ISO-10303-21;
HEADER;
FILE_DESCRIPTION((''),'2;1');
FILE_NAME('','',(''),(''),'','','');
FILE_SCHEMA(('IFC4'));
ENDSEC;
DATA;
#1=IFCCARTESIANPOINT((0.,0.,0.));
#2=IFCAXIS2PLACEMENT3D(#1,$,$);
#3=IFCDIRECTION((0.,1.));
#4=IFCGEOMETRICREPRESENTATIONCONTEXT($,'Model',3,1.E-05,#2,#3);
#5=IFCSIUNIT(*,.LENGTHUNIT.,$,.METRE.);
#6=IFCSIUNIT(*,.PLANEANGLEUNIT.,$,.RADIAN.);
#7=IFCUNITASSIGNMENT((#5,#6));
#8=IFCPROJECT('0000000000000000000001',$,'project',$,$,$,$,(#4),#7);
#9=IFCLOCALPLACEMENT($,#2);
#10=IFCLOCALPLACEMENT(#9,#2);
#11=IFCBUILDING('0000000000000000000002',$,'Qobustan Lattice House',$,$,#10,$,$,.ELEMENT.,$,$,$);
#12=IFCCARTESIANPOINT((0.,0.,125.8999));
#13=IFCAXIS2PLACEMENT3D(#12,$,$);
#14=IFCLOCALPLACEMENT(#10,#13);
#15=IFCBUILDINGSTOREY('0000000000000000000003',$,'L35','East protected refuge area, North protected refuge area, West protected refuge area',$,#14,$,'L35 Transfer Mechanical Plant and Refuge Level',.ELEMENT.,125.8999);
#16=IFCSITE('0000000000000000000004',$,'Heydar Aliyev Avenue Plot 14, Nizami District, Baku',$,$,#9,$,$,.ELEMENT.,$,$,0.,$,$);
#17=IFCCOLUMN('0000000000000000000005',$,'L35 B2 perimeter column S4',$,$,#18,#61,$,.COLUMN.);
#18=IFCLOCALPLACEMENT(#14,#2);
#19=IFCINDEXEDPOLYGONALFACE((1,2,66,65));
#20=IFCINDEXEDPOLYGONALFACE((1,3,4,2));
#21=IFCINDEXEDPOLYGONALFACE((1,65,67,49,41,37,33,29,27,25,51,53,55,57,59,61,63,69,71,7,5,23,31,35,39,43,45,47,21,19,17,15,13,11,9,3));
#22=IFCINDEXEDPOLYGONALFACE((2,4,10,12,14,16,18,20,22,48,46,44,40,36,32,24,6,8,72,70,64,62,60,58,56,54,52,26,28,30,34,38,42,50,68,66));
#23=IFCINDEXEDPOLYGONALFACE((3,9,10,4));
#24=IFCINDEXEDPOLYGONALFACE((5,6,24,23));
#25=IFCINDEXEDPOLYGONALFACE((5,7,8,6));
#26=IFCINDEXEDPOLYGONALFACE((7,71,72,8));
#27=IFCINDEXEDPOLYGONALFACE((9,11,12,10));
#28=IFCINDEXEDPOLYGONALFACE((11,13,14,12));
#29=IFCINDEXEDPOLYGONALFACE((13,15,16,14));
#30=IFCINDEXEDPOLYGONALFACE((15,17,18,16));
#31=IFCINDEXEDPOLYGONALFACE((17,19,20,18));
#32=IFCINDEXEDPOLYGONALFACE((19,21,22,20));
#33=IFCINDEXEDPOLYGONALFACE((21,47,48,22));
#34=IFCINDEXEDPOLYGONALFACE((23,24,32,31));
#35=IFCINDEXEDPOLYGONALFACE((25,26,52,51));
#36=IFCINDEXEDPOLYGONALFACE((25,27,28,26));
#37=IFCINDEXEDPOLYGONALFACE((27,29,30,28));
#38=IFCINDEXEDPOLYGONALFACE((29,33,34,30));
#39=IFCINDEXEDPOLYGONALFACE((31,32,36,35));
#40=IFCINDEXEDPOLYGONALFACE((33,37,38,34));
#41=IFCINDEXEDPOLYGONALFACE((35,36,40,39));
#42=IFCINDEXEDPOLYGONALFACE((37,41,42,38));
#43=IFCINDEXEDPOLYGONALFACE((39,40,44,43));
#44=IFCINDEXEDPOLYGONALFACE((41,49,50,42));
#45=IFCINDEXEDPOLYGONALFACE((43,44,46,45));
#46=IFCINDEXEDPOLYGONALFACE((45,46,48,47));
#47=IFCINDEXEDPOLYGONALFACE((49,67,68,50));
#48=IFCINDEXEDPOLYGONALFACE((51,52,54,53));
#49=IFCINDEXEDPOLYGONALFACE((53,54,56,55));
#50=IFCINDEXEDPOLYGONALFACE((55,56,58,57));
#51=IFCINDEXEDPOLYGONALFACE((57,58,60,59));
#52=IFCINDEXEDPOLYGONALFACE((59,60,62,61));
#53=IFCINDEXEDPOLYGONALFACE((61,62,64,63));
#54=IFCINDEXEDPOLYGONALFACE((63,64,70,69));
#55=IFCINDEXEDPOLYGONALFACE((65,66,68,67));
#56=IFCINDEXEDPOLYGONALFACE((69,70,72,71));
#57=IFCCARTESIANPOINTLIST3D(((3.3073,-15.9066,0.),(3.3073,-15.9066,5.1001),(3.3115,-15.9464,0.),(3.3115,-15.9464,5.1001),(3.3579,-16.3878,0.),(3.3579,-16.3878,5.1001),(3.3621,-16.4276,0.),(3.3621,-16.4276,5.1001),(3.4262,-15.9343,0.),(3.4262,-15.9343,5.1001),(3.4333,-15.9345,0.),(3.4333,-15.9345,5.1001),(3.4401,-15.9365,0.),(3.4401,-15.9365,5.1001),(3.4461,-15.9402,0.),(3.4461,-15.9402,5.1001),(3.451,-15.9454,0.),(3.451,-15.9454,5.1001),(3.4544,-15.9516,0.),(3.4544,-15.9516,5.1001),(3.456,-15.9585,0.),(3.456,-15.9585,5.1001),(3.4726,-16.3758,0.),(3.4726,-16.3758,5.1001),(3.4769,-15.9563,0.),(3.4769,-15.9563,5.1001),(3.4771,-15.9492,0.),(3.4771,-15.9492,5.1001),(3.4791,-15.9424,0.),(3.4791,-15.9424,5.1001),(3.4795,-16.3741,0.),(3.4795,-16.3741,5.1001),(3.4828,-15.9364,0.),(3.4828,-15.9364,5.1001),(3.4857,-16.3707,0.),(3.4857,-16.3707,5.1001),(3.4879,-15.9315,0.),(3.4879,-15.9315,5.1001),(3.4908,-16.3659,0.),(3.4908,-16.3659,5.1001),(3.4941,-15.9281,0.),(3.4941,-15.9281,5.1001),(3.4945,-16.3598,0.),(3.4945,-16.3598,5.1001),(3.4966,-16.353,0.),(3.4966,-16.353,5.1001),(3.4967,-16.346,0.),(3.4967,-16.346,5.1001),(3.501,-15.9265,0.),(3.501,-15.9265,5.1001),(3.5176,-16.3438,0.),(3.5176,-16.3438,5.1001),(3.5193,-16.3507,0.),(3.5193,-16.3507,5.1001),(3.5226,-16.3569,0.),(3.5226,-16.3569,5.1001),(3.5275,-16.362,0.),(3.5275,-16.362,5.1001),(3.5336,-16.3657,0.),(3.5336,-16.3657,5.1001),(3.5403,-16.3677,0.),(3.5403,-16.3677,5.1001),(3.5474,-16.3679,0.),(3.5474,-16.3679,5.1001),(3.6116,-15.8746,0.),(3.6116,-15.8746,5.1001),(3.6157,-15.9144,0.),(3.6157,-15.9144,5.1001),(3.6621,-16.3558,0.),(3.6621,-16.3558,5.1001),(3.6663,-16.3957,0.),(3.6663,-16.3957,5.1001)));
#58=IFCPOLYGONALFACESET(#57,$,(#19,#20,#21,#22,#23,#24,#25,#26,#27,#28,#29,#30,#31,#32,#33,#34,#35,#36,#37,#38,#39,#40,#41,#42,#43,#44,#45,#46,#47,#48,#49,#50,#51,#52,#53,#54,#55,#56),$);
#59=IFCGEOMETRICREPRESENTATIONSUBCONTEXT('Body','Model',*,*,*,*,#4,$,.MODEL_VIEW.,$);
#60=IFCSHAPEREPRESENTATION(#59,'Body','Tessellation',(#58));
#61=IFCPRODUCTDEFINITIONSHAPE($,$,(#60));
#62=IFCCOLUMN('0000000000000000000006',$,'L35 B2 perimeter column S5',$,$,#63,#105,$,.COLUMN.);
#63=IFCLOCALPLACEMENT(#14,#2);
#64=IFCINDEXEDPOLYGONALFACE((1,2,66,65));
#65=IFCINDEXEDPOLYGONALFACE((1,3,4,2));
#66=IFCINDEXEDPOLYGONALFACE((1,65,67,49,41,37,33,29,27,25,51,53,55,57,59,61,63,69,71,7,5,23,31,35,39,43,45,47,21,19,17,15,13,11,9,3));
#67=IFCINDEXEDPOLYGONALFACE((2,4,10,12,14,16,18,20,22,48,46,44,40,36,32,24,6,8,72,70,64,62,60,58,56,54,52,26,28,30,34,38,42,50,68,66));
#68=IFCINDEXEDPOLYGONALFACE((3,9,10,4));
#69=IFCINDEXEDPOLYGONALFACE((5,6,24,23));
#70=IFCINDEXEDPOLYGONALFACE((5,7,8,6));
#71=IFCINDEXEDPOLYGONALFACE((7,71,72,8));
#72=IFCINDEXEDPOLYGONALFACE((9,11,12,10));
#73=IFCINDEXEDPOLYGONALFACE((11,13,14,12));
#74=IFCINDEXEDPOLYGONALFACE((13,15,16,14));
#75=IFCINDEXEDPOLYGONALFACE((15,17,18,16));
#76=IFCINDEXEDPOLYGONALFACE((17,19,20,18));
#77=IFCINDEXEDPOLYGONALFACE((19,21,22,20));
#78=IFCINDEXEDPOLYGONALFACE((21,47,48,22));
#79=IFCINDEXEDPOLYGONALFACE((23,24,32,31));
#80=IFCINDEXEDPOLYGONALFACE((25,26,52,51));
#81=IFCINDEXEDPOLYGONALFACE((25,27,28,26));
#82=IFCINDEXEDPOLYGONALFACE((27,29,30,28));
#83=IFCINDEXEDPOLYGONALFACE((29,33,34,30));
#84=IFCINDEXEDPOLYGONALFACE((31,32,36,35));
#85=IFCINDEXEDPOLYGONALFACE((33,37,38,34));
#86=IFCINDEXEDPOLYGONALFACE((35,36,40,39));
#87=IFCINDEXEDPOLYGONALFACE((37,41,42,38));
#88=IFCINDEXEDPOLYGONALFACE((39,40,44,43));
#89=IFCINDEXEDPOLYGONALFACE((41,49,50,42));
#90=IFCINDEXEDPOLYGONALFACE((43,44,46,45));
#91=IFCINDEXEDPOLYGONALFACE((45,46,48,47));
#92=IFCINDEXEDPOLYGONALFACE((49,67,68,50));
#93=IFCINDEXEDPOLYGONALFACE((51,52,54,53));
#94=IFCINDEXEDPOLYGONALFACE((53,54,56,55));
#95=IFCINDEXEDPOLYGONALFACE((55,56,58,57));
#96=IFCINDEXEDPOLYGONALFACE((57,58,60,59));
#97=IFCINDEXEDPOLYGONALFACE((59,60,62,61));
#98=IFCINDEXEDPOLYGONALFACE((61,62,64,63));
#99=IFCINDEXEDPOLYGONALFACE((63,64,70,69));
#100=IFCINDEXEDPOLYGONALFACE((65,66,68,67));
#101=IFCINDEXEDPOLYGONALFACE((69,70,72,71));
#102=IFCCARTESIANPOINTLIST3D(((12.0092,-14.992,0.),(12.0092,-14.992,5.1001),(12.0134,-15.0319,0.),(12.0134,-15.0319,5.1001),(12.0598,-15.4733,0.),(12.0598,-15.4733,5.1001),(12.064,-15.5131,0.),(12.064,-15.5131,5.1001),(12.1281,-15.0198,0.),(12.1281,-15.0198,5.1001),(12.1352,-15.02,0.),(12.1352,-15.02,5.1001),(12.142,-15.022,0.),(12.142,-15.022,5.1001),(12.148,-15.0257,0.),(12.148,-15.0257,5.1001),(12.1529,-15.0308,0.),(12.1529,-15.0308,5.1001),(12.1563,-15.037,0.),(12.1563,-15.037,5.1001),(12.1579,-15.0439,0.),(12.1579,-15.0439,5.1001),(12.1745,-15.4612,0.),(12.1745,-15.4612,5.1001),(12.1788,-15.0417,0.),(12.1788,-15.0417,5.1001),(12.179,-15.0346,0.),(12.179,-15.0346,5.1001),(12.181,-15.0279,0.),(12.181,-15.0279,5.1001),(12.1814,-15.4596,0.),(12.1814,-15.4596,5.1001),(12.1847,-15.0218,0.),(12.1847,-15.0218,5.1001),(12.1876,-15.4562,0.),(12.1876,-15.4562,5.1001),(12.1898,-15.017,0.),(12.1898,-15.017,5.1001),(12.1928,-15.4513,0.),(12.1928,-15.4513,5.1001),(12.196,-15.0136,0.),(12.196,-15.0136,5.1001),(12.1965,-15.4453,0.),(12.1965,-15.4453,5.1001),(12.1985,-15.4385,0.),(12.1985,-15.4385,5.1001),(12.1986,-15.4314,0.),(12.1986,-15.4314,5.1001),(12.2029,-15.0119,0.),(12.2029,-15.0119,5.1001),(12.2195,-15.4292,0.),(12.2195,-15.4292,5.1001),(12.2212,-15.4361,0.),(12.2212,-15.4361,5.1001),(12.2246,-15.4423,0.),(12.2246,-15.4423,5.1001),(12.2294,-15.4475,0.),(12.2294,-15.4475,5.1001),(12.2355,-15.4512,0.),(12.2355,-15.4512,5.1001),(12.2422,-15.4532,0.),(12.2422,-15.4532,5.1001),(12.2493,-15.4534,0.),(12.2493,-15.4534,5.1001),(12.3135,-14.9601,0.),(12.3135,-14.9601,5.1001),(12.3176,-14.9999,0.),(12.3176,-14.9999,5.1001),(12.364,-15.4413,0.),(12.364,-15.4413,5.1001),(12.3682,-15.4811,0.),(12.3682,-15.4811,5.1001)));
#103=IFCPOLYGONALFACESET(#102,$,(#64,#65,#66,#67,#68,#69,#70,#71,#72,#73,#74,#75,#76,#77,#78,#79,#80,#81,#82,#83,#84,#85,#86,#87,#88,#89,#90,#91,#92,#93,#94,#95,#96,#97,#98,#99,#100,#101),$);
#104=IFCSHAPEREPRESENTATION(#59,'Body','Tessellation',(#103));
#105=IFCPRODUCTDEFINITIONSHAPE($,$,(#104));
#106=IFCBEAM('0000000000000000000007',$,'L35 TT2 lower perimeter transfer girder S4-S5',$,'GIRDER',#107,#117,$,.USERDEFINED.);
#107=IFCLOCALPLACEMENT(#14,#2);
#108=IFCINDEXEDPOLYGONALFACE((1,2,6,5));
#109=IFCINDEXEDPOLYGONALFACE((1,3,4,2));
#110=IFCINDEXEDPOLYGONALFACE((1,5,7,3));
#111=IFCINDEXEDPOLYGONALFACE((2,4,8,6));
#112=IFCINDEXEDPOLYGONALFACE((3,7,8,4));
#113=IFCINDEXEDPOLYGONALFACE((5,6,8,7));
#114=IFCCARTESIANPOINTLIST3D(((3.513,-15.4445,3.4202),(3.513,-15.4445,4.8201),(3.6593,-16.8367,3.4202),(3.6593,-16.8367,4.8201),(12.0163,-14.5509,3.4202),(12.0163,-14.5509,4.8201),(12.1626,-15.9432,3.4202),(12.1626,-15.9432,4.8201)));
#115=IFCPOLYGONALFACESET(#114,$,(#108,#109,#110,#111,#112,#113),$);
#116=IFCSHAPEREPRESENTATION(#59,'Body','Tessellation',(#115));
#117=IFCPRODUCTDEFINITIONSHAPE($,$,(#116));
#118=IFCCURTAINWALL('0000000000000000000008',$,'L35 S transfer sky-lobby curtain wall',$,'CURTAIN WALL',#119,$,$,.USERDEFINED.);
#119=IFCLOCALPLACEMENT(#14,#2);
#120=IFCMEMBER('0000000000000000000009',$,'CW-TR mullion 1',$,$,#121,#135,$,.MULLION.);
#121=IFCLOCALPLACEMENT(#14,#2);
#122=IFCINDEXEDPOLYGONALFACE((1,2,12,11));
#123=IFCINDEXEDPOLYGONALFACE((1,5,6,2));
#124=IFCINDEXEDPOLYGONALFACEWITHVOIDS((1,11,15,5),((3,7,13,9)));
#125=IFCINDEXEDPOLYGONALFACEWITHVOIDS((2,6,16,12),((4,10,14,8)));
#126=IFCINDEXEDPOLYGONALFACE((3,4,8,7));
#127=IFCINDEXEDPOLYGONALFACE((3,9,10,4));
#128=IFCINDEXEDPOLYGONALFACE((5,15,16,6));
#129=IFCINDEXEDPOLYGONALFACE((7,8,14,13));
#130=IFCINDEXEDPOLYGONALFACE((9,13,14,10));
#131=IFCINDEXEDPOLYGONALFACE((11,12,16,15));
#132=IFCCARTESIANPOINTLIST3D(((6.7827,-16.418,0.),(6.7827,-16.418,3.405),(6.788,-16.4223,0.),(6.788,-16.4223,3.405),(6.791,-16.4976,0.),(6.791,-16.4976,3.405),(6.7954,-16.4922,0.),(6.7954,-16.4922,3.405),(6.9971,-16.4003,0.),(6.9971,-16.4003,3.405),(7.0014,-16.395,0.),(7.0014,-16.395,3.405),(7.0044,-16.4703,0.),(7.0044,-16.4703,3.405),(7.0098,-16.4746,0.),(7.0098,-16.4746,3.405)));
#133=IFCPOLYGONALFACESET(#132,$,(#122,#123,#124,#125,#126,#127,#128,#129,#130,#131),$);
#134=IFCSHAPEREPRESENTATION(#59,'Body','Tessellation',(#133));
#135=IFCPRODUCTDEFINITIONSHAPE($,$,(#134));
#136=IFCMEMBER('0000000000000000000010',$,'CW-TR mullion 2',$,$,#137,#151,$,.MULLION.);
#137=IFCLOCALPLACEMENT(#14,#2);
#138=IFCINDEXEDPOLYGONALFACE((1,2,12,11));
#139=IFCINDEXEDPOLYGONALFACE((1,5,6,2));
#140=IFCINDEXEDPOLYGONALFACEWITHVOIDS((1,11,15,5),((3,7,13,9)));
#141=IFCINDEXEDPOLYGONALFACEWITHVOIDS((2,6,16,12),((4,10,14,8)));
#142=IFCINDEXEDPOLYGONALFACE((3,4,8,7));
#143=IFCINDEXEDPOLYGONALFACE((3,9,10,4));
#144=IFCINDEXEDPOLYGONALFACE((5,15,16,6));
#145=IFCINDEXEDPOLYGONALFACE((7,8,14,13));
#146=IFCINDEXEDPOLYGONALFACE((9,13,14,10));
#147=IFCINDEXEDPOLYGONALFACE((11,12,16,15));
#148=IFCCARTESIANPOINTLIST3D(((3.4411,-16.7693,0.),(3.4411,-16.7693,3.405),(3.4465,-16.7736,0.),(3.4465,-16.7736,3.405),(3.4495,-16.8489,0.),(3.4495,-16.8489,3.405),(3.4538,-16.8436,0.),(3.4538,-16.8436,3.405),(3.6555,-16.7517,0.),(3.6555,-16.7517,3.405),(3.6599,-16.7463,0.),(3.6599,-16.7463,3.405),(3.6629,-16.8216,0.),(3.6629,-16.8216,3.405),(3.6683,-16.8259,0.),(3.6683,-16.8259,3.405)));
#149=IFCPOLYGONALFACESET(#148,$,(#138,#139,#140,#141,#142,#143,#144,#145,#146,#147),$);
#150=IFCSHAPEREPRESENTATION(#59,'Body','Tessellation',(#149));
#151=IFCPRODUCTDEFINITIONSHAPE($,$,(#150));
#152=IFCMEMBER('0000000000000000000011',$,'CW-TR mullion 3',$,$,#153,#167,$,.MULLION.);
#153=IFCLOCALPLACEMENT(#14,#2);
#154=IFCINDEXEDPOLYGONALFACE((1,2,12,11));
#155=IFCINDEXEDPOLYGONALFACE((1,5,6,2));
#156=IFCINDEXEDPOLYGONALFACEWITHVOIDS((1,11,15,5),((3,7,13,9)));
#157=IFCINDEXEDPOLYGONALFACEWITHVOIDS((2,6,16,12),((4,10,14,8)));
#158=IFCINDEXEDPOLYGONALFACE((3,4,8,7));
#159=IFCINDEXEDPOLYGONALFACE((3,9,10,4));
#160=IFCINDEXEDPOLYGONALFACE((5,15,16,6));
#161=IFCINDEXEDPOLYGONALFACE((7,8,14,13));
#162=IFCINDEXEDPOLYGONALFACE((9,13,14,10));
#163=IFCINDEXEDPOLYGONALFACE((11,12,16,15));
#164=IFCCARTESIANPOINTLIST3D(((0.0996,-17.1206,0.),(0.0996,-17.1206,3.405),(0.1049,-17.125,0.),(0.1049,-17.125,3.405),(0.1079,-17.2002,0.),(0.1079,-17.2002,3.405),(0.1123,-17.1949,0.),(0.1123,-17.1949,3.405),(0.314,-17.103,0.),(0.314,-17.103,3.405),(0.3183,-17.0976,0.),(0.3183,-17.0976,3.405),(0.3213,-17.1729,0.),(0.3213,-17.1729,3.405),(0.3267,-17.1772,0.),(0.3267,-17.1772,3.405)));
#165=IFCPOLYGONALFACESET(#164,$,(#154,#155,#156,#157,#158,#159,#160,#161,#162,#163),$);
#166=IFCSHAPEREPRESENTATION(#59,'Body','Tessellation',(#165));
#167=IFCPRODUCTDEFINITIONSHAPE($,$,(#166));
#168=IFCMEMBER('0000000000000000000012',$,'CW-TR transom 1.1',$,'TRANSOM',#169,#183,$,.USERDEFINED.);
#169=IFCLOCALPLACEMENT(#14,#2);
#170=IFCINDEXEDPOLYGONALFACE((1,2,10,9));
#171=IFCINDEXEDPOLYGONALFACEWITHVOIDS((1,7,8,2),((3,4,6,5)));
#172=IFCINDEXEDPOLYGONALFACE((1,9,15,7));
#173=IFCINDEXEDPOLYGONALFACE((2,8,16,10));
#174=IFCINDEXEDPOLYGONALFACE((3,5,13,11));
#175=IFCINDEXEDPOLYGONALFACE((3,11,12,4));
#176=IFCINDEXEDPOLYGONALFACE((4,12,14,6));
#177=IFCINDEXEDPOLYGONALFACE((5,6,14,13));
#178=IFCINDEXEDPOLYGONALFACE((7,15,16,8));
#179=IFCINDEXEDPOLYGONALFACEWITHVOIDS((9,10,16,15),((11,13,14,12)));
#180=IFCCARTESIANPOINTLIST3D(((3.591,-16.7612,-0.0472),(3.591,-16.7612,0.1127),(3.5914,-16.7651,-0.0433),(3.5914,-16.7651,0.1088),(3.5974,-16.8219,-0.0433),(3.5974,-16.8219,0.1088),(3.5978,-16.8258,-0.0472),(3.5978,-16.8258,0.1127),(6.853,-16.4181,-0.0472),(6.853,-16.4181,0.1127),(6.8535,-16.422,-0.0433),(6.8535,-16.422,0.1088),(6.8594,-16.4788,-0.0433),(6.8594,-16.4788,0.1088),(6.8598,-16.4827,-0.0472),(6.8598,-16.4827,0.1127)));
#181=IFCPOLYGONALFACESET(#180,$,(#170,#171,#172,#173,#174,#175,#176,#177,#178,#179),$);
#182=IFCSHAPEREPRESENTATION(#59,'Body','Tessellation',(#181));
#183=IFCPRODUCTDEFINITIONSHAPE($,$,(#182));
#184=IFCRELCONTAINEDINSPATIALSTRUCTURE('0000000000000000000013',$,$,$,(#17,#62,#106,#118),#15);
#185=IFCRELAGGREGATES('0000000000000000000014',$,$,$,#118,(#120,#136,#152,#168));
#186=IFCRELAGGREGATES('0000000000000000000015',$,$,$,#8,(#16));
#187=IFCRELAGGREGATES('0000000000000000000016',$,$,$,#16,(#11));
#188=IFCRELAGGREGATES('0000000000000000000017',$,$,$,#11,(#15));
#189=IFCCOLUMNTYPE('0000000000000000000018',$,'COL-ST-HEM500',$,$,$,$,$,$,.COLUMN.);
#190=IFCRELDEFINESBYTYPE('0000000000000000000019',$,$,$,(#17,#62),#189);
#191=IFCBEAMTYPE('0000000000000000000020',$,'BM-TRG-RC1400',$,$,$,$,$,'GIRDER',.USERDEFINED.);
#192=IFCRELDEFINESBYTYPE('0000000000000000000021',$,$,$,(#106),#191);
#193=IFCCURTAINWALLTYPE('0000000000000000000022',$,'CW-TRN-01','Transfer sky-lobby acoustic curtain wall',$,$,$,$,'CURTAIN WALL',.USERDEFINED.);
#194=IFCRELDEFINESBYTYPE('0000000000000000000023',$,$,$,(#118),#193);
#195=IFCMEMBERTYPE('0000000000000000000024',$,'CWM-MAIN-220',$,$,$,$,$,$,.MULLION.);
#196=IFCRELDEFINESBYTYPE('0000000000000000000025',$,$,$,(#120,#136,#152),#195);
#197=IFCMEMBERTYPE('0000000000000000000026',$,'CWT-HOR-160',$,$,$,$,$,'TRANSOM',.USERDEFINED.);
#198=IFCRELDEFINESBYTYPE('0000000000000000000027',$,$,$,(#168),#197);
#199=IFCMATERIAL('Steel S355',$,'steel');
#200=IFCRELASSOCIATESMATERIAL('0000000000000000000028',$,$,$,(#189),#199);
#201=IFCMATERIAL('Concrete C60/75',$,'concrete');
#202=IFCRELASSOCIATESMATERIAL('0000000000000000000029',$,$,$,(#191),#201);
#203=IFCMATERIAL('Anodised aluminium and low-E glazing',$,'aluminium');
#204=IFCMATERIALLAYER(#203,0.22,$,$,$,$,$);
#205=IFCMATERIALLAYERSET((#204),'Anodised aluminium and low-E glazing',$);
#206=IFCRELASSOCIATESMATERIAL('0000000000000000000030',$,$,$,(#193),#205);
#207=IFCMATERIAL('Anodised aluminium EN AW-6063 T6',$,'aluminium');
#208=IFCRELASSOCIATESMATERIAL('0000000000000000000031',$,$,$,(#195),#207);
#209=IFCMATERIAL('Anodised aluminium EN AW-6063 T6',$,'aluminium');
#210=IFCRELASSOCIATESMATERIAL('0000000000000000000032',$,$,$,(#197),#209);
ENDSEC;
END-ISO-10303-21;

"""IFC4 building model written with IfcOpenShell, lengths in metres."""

from ifc_helpers import new_model, si_unit, direction, frame, origin, origin_2d, place, context, subcontext, project, spatial, rectangle, hollow_rectangle, i_section, extrude, material, layer, layer_set, material_profile, profile_set, type_object, element, aggregate, save


model = new_model("IFC4")

# Units and contexts
model_context = context("Model", 3, precision=1e-05, world=origin(), true_north=direction((0.0, 1.0)))
body_context = subcontext(model_context, "Body", "Model", "MODEL_VIEW")
ifc_project = project(units=[si_unit("LENGTHUNIT", "METRE"), si_unit("PLANEANGLEUNIT", "RADIAN")], contexts=[model_context])

# Site, building, storey
site_placement = place(None, origin())
site = spatial("IfcSite", under=ifc_project, at=site_placement, Name="Heydar Aliyev Avenue Plot 14, Nizami District, Baku", CompositionType="ELEMENT", RefElevation=0.0)
building_placement = place(site_placement, origin())
building = spatial("IfcBuilding", under=site, at=building_placement, Name="Qobustan Lattice House", CompositionType="ELEMENT")
storey_placement = place(building_placement, frame((0.0, 0.0, 125.8999)))
storey = spatial("IfcBuildingStorey", under=building, at=storey_placement, Name="L35", Description="East protected refuge area, North protected refuge area, West protected refuge area", LongName="L35 Transfer Mechanical Plant and Refuge Level", CompositionType="ELEMENT", Elevation=125.8999)

# Columns
ifc_material_1 = material(Name="Steel S355", Category="steel")
ifc_material_profile_1 = material_profile(ifc_material_1, i_section(OverallWidth=0.3059, OverallDepth=0.5239, WebThickness=0.021, FlangeThickness=0.04, FilletRadius=0.0271, at=origin_2d()), Name="HEM500")
ifc_profile_set_1 = profile_set([ifc_material_profile_1], Name="Steel S355")
column_type = type_object("IfcColumnType", Name="COL-ST-HEM500", PredefinedType="COLUMN", material=ifc_profile_set_1)
for number, where, z_axis, x_axis, name in (
    (1, (3.4868, -16.1511, 0.0), (0.0, 0.0, 1.0), (0.994522, 0.104528, 0.0), "L35 B2 perimeter column S4"),
    (2, (12.1887, -15.2366, 0.0), (0.0, 0.0, 1.0), (0.994522, 0.104528, 0.0), "L35 B2 perimeter column S5"),
):
    element("IfcColumn", number, at=place(storey_placement, frame(where, z_axis=z_axis, x_axis=x_axis)), inside=storey, type_object=column_type, Name=name, PredefinedType="COLUMN", context=body_context, shape_type="SweptSolid", body=[
        extrude(i_section(OverallWidth=0.3059, OverallDepth=0.5239, WebThickness=0.021, FlangeThickness=0.04, FilletRadius=0.0271, at=origin_2d()), origin(), (0.0, 0.0, 1.0), 5.1001),
    ])

# Beam
ifc_material_2 = material(Name="Concrete C60/75", Category="concrete")
ifc_material_profile_2 = material_profile(ifc_material_2, rectangle(XDim=1.3999, YDim=1.3999, at=origin_2d()), Name="RC1400x1400")
ifc_profile_set_2 = profile_set([ifc_material_profile_2], Name="Concrete C60/75")
beam_type = type_object("IfcBeamType", Name="BM-TRG-RC1400", ElementType="GIRDER", PredefinedType="USERDEFINED", material=ifc_profile_set_2)
beam_placement = place(storey_placement, frame((3.5862, -16.1406, 4.1201), z_axis=(0.994524, 0.104509, 0.0), x_axis=(-0.104509, 0.994524, 0.0)))
element("IfcBeam", 3, at=beam_placement, inside=storey, type_object=beam_type, Name="L35 TT2 lower perimeter transfer girder S4-S5", ObjectType="GIRDER", PredefinedType="USERDEFINED", context=body_context, shape_type="SweptSolid", body=[
    extrude(rectangle(XDim=1.3999, YDim=1.3999, at=origin_2d()), origin(), (0.0, 0.0, 1.0), 8.55),
])

# Curtain wall, members
ifc_material_3 = material(Name="Anodised aluminium and low-E glazing", Category="aluminium")
ifc_layer_1 = layer(ifc_material_3, 0.22)
ifc_layer_set_1 = layer_set([ifc_layer_1], Name="Anodised aluminium and low-E glazing")
curtain_wall_type = type_object("IfcCurtainWallType", Name="CW-TRN-01", Description="Transfer sky-lobby acoustic curtain wall", ElementType="CURTAIN WALL", PredefinedType="USERDEFINED", material=ifc_layer_set_1)
curtain_wall_placement = place(storey_placement, origin())
curtain_wall = element("IfcCurtainWall", 4, at=curtain_wall_placement, inside=storey, type_object=curtain_wall_type, Name="L35 S transfer sky-lobby curtain wall", ObjectType="CURTAIN WALL", PredefinedType="USERDEFINED")
ifc_material_4 = material(Name="Anodised aluminium EN AW-6063 T6", Category="aluminium")
ifc_material_profile_3 = material_profile(ifc_material_4, hollow_rectangle(XDim=0.0801, YDim=0.22, WallThickness=0.0049, at=origin_2d()), Name="CWM-220x80")
ifc_profile_set_3 = profile_set([ifc_material_profile_3], Name="Anodised aluminium EN AW-6063 T6")
member_type_1 = type_object("IfcMemberType", Name="CWM-MAIN-220", PredefinedType="MULLION", material=ifc_profile_set_3)
member_1_placement = place(storey_placement, frame((6.8962, -16.4463, 0.0), z_axis=(0.0, 0.0, 1.0), x_axis=(0.104545, -0.99452, 0.0)))
member_1 = element("IfcMember", 5, at=member_1_placement, type_object=member_type_1, Name="CW-TR mullion 1", PredefinedType="MULLION", context=body_context, shape_type="SweptSolid", body=[
    extrude(hollow_rectangle(XDim=0.0801, YDim=0.22, WallThickness=0.0049, at=origin_2d()), origin(), (0.0, 0.0, 1.0), 3.405),
])
member_2_placement = place(storey_placement, frame((3.5547, -16.7976, 0.0), z_axis=(0.0, 0.0, 1.0), x_axis=(0.104545, -0.99452, 0.0)))
member_2 = element("IfcMember", 6, at=member_2_placement, type_object=member_type_1, Name="CW-TR mullion 2", PredefinedType="MULLION", context=body_context, shape_type="SweptSolid", body=[
    extrude(hollow_rectangle(XDim=0.0801, YDim=0.22, WallThickness=0.0049, at=origin_2d()), origin(), (0.0, 0.0, 1.0), 3.405),
])
member_3_placement = place(storey_placement, frame((0.2131, -17.1489, 0.0), z_axis=(0.0, 0.0, 1.0), x_axis=(0.104545, -0.99452, 0.0)))
member_3 = element("IfcMember", 7, at=member_3_placement, type_object=member_type_1, Name="CW-TR mullion 3", PredefinedType="MULLION", context=body_context, shape_type="SweptSolid", body=[
    extrude(hollow_rectangle(XDim=0.0801, YDim=0.22, WallThickness=0.0049, at=origin_2d()), origin(), (0.0, 0.0, 1.0), 3.405),
])
ifc_material_5 = material(Name="Anodised aluminium EN AW-6063 T6", Category="aluminium")
ifc_material_profile_4 = material_profile(ifc_material_5, hollow_rectangle(XDim=0.0649, YDim=0.1599, WallThickness=0.0039, at=origin_2d()), Name="CWT-160x65")
ifc_profile_set_4 = profile_set([ifc_material_profile_4], Name="Anodised aluminium EN AW-6063 T6")
member_type_2 = type_object("IfcMemberType", Name="CWT-HOR-160", ElementType="TRANSOM", PredefinedType="USERDEFINED", material=ifc_profile_set_4)
member_4_placement = place(storey_placement, frame((6.8564, -16.4504, 0.0327), z_axis=(-0.994516, -0.10458, 0.0), x_axis=(0.10458, -0.994516, 0.0)))
member_4 = element("IfcMember", 8, at=member_4_placement, type_object=member_type_2, Name="CW-TR transom 1.1", ObjectType="TRANSOM", PredefinedType="USERDEFINED", context=body_context, shape_type="SweptSolid", body=[
    extrude(hollow_rectangle(XDim=0.0649, YDim=0.1599, WallThickness=0.0039, at=origin_2d()), origin(), (0.0, 0.0, 1.0), 3.28),
])
aggregate(curtain_wall, [member_1, member_2, member_3, member_4])

save(model, "model.ifc")
